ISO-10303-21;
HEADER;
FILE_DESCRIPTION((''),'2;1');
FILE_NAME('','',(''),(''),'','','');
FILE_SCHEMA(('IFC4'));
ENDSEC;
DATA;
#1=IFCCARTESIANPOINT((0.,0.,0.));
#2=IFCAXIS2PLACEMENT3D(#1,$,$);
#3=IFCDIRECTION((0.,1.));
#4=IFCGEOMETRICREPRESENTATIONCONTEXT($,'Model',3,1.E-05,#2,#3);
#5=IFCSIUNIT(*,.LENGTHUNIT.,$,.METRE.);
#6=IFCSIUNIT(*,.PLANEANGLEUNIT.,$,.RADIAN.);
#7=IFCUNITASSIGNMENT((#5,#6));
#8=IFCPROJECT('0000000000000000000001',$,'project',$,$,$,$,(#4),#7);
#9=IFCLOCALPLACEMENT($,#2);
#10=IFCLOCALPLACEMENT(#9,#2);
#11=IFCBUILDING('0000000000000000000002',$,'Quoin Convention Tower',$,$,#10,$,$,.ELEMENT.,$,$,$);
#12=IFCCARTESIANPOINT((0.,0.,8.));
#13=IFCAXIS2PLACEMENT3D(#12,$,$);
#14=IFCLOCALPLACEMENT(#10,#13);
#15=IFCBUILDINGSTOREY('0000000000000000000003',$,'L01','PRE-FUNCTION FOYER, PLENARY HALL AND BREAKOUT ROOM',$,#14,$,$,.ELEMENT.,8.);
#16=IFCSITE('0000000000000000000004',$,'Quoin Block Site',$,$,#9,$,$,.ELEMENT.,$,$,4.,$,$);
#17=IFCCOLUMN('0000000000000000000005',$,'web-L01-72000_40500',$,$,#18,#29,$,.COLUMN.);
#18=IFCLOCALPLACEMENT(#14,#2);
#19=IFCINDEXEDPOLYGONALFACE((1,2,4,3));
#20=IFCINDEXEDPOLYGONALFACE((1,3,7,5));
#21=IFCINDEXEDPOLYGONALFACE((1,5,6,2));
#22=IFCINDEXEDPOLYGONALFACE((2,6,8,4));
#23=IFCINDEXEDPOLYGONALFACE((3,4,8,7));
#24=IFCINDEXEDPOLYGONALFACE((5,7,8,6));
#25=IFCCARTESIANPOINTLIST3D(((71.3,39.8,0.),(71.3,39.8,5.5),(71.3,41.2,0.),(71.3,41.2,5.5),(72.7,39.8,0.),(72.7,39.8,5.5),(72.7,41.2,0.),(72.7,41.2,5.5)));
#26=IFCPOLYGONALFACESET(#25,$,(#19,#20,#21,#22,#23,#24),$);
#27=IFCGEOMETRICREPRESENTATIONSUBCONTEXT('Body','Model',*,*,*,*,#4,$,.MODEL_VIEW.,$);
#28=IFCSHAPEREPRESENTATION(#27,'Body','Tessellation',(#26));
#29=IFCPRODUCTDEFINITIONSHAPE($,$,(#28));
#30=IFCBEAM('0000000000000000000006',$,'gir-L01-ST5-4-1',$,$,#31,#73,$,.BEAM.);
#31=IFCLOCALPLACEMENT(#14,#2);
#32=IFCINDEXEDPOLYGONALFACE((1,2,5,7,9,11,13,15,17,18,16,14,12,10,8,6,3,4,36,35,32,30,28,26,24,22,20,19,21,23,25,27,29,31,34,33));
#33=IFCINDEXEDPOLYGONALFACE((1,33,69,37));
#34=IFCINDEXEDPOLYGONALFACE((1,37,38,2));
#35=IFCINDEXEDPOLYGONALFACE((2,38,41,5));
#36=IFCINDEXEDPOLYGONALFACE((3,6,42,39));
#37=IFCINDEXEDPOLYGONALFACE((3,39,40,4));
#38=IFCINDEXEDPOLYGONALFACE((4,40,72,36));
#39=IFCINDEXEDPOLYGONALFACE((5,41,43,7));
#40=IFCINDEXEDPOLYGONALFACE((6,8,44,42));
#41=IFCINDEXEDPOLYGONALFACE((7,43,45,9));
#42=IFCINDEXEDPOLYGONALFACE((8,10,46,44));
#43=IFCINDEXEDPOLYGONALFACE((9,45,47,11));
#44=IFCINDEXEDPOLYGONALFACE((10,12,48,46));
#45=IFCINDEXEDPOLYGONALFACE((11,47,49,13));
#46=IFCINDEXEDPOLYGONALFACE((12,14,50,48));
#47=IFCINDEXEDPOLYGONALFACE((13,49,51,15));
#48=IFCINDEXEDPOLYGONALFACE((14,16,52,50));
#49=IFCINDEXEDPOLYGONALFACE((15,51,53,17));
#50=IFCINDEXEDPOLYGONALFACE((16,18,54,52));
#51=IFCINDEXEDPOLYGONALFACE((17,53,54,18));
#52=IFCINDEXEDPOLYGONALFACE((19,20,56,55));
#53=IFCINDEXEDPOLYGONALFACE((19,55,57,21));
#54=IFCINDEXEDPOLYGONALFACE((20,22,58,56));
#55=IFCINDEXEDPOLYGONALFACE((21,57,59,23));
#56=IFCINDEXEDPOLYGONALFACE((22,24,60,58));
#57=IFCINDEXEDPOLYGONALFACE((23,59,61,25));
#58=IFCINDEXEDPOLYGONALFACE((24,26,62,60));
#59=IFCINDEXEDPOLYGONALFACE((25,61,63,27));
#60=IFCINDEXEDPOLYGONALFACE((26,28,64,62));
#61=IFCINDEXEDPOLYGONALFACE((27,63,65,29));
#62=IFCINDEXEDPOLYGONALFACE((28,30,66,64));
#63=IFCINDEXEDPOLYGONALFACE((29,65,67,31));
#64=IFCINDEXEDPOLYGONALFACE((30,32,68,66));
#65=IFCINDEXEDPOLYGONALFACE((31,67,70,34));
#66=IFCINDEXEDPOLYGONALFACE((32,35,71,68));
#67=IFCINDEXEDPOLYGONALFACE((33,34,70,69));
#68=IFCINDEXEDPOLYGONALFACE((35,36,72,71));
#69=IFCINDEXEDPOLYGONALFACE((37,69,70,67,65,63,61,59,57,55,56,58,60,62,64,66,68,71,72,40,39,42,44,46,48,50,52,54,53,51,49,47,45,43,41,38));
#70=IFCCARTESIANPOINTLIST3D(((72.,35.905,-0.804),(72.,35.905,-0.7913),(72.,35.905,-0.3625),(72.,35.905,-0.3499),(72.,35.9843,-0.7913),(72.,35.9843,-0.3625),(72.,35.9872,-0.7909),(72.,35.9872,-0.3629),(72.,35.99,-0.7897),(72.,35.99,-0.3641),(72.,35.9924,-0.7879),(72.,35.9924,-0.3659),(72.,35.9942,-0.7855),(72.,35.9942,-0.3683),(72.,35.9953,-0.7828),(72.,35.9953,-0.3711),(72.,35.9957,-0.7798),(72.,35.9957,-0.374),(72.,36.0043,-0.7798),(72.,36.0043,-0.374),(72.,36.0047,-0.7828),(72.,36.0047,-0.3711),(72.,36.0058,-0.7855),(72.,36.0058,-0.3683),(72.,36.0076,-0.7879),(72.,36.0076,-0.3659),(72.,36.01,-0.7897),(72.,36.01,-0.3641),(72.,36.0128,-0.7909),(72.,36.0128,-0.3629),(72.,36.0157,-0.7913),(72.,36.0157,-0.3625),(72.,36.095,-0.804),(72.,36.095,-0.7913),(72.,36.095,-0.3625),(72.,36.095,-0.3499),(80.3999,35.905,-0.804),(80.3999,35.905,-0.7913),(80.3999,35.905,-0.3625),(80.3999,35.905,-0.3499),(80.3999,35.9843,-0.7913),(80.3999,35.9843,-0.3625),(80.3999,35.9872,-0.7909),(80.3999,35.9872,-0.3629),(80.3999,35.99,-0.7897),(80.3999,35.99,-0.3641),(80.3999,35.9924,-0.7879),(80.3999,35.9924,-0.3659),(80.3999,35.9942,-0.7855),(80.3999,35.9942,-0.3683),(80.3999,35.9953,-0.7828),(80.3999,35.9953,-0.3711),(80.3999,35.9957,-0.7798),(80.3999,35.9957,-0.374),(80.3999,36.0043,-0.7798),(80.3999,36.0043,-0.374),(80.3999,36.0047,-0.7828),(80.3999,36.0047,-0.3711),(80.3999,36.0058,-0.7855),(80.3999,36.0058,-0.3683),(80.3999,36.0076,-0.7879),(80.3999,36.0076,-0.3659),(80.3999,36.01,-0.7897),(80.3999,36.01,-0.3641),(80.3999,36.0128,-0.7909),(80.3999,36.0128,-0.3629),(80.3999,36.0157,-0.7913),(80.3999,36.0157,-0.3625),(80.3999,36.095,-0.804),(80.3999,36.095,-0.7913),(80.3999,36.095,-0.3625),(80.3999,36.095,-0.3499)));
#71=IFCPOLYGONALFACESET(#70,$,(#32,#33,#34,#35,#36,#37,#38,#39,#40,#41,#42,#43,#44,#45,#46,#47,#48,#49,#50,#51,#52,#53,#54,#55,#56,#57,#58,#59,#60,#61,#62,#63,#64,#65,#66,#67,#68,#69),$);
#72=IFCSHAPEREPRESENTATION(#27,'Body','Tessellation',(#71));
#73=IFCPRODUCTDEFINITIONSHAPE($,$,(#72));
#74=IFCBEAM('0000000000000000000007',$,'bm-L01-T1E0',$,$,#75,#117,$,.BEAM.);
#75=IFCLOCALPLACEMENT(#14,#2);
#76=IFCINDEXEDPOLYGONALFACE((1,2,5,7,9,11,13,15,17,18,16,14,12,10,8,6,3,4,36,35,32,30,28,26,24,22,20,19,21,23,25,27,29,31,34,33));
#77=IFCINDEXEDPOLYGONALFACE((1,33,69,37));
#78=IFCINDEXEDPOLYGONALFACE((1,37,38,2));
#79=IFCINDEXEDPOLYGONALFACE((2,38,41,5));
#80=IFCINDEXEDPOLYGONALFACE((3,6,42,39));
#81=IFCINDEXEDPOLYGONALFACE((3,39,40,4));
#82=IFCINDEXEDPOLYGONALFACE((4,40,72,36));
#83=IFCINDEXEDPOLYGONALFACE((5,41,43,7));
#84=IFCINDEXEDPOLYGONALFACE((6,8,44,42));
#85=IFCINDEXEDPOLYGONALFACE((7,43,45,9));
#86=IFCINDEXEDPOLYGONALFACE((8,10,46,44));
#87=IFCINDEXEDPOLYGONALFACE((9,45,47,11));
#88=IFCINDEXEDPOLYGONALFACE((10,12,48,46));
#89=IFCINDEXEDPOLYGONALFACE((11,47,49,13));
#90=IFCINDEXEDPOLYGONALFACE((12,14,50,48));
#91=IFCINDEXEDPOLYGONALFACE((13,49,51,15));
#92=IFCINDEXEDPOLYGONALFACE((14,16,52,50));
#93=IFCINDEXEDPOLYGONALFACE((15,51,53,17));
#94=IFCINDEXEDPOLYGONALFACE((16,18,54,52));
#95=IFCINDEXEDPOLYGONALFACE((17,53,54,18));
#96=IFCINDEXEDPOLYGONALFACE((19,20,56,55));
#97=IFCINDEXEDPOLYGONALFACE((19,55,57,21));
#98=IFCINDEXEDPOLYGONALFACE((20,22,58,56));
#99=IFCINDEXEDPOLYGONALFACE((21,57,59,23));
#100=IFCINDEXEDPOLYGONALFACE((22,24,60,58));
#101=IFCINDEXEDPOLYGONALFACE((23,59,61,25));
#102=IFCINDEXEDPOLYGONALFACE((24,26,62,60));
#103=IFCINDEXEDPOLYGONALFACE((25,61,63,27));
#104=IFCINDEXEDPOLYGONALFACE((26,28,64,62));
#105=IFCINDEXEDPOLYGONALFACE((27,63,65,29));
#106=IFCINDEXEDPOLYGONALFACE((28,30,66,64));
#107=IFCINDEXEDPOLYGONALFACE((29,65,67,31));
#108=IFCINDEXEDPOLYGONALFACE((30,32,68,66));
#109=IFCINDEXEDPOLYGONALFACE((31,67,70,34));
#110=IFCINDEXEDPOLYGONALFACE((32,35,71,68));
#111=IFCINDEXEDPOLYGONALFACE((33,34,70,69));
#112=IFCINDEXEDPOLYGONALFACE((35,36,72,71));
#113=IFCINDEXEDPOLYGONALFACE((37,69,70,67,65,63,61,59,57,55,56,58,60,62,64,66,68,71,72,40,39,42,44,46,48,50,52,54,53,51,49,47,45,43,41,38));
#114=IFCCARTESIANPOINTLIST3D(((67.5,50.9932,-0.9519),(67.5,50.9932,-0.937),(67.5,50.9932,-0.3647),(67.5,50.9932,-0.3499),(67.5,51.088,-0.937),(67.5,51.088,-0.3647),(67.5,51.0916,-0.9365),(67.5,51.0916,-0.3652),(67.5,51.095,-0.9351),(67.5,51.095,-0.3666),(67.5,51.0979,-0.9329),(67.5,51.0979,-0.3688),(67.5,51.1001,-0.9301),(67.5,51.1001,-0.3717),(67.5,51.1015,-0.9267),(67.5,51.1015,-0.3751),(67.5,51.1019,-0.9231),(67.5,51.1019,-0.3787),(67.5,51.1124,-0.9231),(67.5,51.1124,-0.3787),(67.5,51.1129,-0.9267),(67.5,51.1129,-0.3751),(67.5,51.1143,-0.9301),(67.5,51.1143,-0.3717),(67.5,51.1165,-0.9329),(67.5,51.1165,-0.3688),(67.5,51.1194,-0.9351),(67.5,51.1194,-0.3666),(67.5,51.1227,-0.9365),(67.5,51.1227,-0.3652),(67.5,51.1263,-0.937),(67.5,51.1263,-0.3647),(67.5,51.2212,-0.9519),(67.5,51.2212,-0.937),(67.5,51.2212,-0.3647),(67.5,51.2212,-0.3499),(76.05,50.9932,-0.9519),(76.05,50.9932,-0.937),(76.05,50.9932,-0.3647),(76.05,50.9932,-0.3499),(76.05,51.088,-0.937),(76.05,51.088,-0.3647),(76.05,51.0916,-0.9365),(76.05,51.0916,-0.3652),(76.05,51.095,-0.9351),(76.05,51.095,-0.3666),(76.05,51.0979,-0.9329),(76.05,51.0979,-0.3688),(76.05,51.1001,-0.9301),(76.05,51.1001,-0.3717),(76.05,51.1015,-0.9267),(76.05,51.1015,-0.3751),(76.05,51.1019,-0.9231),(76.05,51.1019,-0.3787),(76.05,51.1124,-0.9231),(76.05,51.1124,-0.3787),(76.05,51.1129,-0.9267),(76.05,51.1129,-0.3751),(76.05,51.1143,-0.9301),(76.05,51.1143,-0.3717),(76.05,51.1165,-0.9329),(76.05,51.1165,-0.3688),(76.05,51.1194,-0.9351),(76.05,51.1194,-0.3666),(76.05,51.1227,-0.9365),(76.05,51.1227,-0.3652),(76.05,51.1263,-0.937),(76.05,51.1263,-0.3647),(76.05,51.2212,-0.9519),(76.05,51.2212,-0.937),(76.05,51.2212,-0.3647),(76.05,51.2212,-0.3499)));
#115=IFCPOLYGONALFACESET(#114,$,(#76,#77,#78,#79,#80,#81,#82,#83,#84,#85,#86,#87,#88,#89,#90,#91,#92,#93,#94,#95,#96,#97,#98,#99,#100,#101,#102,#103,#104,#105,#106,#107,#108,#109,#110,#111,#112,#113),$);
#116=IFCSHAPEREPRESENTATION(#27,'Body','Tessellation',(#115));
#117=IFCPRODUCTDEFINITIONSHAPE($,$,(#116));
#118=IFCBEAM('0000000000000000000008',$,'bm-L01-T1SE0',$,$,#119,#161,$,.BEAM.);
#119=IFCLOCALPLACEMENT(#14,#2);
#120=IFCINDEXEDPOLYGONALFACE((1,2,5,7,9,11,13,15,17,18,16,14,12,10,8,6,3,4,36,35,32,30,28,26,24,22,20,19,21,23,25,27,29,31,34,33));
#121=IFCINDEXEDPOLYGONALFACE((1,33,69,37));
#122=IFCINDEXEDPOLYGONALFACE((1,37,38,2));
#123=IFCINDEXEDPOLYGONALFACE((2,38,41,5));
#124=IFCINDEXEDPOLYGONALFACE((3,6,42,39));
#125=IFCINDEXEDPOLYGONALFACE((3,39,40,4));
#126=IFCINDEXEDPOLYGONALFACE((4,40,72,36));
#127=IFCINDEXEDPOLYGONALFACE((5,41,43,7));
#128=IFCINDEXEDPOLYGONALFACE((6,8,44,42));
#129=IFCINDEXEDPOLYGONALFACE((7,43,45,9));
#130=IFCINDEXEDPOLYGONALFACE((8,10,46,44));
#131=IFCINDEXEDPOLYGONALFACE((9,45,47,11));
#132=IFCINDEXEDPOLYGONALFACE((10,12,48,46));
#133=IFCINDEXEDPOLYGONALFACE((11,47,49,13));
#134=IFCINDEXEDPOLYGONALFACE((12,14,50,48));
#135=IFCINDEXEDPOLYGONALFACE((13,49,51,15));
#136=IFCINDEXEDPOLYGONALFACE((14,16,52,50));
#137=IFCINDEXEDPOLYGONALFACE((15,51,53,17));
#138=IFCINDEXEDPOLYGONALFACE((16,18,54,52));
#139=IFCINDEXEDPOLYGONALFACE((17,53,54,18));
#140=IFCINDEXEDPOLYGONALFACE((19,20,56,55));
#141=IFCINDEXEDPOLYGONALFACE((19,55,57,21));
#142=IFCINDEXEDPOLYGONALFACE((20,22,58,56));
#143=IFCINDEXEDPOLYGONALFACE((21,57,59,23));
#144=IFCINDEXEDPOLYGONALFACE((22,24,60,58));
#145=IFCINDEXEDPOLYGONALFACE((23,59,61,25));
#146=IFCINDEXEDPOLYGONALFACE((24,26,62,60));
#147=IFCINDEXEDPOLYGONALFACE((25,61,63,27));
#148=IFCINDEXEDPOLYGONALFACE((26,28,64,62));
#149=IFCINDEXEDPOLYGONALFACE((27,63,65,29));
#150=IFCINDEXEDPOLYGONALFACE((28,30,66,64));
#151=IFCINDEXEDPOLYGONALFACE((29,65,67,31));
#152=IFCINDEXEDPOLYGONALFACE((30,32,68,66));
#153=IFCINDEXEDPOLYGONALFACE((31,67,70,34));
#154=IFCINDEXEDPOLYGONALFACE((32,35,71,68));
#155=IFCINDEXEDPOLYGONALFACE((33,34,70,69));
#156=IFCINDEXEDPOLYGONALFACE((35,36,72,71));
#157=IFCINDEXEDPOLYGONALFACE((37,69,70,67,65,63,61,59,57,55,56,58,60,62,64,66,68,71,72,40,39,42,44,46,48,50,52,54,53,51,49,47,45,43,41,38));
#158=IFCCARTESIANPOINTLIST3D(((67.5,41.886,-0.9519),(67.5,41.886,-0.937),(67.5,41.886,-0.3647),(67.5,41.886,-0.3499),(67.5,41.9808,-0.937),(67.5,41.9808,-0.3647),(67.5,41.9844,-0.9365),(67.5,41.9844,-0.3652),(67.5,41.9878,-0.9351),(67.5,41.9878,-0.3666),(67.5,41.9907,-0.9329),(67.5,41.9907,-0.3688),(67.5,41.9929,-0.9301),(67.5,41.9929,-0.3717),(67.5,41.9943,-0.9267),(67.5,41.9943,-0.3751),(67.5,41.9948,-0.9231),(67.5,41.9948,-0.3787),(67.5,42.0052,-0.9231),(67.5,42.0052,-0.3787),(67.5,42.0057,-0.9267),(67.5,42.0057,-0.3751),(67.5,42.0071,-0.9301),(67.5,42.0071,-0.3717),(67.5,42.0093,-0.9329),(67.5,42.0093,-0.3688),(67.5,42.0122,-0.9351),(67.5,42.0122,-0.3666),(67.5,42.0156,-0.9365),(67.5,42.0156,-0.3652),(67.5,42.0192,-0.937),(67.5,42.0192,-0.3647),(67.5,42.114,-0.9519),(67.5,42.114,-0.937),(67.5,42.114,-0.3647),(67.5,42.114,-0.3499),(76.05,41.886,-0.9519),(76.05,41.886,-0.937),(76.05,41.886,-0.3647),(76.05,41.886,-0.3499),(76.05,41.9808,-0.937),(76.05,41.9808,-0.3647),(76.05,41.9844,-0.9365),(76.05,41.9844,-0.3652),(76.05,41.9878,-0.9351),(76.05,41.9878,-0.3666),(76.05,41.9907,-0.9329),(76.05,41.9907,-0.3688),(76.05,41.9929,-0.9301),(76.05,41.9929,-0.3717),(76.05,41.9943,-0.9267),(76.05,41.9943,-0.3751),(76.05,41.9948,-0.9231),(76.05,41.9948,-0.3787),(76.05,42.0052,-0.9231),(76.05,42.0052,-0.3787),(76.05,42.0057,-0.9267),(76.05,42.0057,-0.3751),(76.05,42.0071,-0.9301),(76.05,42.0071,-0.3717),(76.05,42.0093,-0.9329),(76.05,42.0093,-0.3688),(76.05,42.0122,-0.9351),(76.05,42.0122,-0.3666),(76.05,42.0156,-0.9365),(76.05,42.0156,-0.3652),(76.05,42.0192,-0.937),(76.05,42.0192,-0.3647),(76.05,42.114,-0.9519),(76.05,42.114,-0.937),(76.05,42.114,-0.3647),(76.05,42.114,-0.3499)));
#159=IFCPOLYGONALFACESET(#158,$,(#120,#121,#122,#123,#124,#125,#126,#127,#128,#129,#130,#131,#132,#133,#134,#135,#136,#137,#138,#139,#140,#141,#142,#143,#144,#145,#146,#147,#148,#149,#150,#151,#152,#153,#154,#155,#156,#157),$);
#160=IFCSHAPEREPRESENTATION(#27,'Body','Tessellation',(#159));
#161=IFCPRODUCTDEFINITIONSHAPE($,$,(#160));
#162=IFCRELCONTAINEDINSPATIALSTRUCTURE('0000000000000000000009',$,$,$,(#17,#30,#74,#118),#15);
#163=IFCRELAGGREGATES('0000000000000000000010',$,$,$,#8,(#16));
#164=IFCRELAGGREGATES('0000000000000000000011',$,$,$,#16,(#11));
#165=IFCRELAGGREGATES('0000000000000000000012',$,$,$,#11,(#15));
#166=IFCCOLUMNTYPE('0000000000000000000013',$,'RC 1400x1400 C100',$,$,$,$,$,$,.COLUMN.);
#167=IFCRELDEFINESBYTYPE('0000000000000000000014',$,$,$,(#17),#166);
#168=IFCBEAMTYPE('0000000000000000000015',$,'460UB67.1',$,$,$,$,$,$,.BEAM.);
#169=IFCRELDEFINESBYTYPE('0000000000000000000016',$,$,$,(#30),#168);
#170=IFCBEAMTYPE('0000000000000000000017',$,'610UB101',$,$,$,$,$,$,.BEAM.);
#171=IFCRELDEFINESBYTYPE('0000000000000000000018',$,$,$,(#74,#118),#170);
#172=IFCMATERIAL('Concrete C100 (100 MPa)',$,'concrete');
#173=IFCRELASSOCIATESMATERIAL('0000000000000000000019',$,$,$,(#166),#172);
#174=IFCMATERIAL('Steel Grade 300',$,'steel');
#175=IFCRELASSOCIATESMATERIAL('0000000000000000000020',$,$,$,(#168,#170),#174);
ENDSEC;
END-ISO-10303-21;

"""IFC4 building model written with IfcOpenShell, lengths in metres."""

from ifc_helpers import new_model, si_unit, direction, frame, origin, origin_2d, place, context, subcontext, project, spatial, rectangle, i_section, extrude, material, material_profile, profile_set, type_object, element, save


model = new_model("IFC4")

# Units and contexts
model_context = context("Model", 3, precision=1e-05, world=origin(), true_north=direction((0.0, 1.0)))
body_context = subcontext(model_context, "Body", "Model", "MODEL_VIEW")
ifc_project = project(units=[si_unit("LENGTHUNIT", "METRE"), si_unit("PLANEANGLEUNIT", "RADIAN")], contexts=[model_context])

# Site, building, storey
site_placement = place(None, origin())
site = spatial("IfcSite", under=ifc_project, at=site_placement, Name="Quoin Block Site", CompositionType="ELEMENT", RefElevation=4.0)
building_placement = place(site_placement, origin())
building = spatial("IfcBuilding", under=site, at=building_placement, Name="Quoin Convention Tower", CompositionType="ELEMENT")
storey_placement = place(building_placement, frame((0.0, 0.0, 8.0)))
storey = spatial("IfcBuildingStorey", under=building, at=storey_placement, Name="L01", Description="PRE-FUNCTION FOYER, PLENARY HALL AND BREAKOUT ROOM", CompositionType="ELEMENT", Elevation=8.0)

# Column
ifc_material_1 = material(Name="Concrete C100 (100 MPa)", Category="concrete")
ifc_material_profile_1 = material_profile(ifc_material_1, rectangle(XDim=1.3999, YDim=1.3999, at=origin_2d()), Name="RC 1400x1400")
ifc_profile_set_1 = profile_set([ifc_material_profile_1], Name="Concrete C100 (100 MPa)")
column_type = type_object("IfcColumnType", Name="RC 1400x1400 C100", PredefinedType="COLUMN", material=ifc_profile_set_1)
column_placement = place(storey_placement, frame((72.0, 40.5, 0.0), z_axis=(0.0, 0.0, 1.0), x_axis=(1.0, 0.0, 0.0)))
element("IfcColumn", 1, at=column_placement, inside=storey, type_object=column_type, Name="web-L01-72000_40500", PredefinedType="COLUMN", context=body_context, shape_type="SweptSolid", body=[
    extrude(rectangle(XDim=1.3999, YDim=1.3999, at=origin_2d()), origin(), (0.0, 0.0, 1.0), 5.5),
])

# Beams
ifc_material_2 = material(Name="Steel Grade 300", Category="steel")
ifc_material_profile_2 = material_profile(ifc_material_2, i_section(OverallWidth=0.1899, OverallDepth=0.4541, WebThickness=0.0085, FlangeThickness=0.0127, FilletRadius=0.0115, at=origin_2d()), Name="460UB67.1")
ifc_profile_set_2 = profile_set([ifc_material_profile_2], Name="Steel Grade 300")
beam_type_1 = type_object("IfcBeamType", Name="460UB67.1", PredefinedType="BEAM", material=ifc_profile_set_2)
beam_1_placement = place(storey_placement, frame((72.0, 36.0, -0.5769), z_axis=(1.0, 0.0, 0.0), x_axis=(0.0, 1.0, 0.0)))
element("IfcBeam", 2, at=beam_1_placement, inside=storey, type_object=beam_type_1, Name="gir-L01-ST5-4-1", PredefinedType="BEAM", context=body_context, shape_type="SweptSolid", body=[
    extrude(i_section(OverallWidth=0.1899, OverallDepth=0.4541, WebThickness=0.0085, FlangeThickness=0.0127, FilletRadius=0.0115, at=origin_2d()), origin(), (0.0, 0.0, 1.0), 8.3999),
])
ifc_material_profile_3 = material_profile(ifc_material_2, i_section(OverallWidth=0.228, OverallDepth=0.6021, WebThickness=0.0105, FlangeThickness=0.0149, FilletRadius=0.0139, at=origin_2d()), Name="610UB101")
ifc_profile_set_3 = profile_set([ifc_material_profile_3], Name="Steel Grade 300")
beam_type_2 = type_object("IfcBeamType", Name="610UB101", PredefinedType="BEAM", material=ifc_profile_set_3)
for number, where, z_axis, x_axis, name in (
    (3, (67.5, 51.1072, -0.6509), (1.0, 0.0, 0.0), (0.0, 1.0, 0.0), "bm-L01-T1E0"),
    (4, (67.5, 42.0, -0.6509), (1.0, 0.0, 0.0), (0.0, 1.0, 0.0), "bm-L01-T1SE0"),
):
    element("IfcBeam", number, at=place(storey_placement, frame(where, z_axis=z_axis, x_axis=x_axis)), inside=storey, type_object=beam_type_2, Name=name, PredefinedType="BEAM", context=body_context, shape_type="SweptSolid", body=[
        extrude(i_section(OverallWidth=0.228, OverallDepth=0.6021, WebThickness=0.0105, FlangeThickness=0.0149, FilletRadius=0.0139, at=origin_2d()), origin(), (0.0, 0.0, 1.0), 8.55),
    ])

save(model, "model.ifc")
